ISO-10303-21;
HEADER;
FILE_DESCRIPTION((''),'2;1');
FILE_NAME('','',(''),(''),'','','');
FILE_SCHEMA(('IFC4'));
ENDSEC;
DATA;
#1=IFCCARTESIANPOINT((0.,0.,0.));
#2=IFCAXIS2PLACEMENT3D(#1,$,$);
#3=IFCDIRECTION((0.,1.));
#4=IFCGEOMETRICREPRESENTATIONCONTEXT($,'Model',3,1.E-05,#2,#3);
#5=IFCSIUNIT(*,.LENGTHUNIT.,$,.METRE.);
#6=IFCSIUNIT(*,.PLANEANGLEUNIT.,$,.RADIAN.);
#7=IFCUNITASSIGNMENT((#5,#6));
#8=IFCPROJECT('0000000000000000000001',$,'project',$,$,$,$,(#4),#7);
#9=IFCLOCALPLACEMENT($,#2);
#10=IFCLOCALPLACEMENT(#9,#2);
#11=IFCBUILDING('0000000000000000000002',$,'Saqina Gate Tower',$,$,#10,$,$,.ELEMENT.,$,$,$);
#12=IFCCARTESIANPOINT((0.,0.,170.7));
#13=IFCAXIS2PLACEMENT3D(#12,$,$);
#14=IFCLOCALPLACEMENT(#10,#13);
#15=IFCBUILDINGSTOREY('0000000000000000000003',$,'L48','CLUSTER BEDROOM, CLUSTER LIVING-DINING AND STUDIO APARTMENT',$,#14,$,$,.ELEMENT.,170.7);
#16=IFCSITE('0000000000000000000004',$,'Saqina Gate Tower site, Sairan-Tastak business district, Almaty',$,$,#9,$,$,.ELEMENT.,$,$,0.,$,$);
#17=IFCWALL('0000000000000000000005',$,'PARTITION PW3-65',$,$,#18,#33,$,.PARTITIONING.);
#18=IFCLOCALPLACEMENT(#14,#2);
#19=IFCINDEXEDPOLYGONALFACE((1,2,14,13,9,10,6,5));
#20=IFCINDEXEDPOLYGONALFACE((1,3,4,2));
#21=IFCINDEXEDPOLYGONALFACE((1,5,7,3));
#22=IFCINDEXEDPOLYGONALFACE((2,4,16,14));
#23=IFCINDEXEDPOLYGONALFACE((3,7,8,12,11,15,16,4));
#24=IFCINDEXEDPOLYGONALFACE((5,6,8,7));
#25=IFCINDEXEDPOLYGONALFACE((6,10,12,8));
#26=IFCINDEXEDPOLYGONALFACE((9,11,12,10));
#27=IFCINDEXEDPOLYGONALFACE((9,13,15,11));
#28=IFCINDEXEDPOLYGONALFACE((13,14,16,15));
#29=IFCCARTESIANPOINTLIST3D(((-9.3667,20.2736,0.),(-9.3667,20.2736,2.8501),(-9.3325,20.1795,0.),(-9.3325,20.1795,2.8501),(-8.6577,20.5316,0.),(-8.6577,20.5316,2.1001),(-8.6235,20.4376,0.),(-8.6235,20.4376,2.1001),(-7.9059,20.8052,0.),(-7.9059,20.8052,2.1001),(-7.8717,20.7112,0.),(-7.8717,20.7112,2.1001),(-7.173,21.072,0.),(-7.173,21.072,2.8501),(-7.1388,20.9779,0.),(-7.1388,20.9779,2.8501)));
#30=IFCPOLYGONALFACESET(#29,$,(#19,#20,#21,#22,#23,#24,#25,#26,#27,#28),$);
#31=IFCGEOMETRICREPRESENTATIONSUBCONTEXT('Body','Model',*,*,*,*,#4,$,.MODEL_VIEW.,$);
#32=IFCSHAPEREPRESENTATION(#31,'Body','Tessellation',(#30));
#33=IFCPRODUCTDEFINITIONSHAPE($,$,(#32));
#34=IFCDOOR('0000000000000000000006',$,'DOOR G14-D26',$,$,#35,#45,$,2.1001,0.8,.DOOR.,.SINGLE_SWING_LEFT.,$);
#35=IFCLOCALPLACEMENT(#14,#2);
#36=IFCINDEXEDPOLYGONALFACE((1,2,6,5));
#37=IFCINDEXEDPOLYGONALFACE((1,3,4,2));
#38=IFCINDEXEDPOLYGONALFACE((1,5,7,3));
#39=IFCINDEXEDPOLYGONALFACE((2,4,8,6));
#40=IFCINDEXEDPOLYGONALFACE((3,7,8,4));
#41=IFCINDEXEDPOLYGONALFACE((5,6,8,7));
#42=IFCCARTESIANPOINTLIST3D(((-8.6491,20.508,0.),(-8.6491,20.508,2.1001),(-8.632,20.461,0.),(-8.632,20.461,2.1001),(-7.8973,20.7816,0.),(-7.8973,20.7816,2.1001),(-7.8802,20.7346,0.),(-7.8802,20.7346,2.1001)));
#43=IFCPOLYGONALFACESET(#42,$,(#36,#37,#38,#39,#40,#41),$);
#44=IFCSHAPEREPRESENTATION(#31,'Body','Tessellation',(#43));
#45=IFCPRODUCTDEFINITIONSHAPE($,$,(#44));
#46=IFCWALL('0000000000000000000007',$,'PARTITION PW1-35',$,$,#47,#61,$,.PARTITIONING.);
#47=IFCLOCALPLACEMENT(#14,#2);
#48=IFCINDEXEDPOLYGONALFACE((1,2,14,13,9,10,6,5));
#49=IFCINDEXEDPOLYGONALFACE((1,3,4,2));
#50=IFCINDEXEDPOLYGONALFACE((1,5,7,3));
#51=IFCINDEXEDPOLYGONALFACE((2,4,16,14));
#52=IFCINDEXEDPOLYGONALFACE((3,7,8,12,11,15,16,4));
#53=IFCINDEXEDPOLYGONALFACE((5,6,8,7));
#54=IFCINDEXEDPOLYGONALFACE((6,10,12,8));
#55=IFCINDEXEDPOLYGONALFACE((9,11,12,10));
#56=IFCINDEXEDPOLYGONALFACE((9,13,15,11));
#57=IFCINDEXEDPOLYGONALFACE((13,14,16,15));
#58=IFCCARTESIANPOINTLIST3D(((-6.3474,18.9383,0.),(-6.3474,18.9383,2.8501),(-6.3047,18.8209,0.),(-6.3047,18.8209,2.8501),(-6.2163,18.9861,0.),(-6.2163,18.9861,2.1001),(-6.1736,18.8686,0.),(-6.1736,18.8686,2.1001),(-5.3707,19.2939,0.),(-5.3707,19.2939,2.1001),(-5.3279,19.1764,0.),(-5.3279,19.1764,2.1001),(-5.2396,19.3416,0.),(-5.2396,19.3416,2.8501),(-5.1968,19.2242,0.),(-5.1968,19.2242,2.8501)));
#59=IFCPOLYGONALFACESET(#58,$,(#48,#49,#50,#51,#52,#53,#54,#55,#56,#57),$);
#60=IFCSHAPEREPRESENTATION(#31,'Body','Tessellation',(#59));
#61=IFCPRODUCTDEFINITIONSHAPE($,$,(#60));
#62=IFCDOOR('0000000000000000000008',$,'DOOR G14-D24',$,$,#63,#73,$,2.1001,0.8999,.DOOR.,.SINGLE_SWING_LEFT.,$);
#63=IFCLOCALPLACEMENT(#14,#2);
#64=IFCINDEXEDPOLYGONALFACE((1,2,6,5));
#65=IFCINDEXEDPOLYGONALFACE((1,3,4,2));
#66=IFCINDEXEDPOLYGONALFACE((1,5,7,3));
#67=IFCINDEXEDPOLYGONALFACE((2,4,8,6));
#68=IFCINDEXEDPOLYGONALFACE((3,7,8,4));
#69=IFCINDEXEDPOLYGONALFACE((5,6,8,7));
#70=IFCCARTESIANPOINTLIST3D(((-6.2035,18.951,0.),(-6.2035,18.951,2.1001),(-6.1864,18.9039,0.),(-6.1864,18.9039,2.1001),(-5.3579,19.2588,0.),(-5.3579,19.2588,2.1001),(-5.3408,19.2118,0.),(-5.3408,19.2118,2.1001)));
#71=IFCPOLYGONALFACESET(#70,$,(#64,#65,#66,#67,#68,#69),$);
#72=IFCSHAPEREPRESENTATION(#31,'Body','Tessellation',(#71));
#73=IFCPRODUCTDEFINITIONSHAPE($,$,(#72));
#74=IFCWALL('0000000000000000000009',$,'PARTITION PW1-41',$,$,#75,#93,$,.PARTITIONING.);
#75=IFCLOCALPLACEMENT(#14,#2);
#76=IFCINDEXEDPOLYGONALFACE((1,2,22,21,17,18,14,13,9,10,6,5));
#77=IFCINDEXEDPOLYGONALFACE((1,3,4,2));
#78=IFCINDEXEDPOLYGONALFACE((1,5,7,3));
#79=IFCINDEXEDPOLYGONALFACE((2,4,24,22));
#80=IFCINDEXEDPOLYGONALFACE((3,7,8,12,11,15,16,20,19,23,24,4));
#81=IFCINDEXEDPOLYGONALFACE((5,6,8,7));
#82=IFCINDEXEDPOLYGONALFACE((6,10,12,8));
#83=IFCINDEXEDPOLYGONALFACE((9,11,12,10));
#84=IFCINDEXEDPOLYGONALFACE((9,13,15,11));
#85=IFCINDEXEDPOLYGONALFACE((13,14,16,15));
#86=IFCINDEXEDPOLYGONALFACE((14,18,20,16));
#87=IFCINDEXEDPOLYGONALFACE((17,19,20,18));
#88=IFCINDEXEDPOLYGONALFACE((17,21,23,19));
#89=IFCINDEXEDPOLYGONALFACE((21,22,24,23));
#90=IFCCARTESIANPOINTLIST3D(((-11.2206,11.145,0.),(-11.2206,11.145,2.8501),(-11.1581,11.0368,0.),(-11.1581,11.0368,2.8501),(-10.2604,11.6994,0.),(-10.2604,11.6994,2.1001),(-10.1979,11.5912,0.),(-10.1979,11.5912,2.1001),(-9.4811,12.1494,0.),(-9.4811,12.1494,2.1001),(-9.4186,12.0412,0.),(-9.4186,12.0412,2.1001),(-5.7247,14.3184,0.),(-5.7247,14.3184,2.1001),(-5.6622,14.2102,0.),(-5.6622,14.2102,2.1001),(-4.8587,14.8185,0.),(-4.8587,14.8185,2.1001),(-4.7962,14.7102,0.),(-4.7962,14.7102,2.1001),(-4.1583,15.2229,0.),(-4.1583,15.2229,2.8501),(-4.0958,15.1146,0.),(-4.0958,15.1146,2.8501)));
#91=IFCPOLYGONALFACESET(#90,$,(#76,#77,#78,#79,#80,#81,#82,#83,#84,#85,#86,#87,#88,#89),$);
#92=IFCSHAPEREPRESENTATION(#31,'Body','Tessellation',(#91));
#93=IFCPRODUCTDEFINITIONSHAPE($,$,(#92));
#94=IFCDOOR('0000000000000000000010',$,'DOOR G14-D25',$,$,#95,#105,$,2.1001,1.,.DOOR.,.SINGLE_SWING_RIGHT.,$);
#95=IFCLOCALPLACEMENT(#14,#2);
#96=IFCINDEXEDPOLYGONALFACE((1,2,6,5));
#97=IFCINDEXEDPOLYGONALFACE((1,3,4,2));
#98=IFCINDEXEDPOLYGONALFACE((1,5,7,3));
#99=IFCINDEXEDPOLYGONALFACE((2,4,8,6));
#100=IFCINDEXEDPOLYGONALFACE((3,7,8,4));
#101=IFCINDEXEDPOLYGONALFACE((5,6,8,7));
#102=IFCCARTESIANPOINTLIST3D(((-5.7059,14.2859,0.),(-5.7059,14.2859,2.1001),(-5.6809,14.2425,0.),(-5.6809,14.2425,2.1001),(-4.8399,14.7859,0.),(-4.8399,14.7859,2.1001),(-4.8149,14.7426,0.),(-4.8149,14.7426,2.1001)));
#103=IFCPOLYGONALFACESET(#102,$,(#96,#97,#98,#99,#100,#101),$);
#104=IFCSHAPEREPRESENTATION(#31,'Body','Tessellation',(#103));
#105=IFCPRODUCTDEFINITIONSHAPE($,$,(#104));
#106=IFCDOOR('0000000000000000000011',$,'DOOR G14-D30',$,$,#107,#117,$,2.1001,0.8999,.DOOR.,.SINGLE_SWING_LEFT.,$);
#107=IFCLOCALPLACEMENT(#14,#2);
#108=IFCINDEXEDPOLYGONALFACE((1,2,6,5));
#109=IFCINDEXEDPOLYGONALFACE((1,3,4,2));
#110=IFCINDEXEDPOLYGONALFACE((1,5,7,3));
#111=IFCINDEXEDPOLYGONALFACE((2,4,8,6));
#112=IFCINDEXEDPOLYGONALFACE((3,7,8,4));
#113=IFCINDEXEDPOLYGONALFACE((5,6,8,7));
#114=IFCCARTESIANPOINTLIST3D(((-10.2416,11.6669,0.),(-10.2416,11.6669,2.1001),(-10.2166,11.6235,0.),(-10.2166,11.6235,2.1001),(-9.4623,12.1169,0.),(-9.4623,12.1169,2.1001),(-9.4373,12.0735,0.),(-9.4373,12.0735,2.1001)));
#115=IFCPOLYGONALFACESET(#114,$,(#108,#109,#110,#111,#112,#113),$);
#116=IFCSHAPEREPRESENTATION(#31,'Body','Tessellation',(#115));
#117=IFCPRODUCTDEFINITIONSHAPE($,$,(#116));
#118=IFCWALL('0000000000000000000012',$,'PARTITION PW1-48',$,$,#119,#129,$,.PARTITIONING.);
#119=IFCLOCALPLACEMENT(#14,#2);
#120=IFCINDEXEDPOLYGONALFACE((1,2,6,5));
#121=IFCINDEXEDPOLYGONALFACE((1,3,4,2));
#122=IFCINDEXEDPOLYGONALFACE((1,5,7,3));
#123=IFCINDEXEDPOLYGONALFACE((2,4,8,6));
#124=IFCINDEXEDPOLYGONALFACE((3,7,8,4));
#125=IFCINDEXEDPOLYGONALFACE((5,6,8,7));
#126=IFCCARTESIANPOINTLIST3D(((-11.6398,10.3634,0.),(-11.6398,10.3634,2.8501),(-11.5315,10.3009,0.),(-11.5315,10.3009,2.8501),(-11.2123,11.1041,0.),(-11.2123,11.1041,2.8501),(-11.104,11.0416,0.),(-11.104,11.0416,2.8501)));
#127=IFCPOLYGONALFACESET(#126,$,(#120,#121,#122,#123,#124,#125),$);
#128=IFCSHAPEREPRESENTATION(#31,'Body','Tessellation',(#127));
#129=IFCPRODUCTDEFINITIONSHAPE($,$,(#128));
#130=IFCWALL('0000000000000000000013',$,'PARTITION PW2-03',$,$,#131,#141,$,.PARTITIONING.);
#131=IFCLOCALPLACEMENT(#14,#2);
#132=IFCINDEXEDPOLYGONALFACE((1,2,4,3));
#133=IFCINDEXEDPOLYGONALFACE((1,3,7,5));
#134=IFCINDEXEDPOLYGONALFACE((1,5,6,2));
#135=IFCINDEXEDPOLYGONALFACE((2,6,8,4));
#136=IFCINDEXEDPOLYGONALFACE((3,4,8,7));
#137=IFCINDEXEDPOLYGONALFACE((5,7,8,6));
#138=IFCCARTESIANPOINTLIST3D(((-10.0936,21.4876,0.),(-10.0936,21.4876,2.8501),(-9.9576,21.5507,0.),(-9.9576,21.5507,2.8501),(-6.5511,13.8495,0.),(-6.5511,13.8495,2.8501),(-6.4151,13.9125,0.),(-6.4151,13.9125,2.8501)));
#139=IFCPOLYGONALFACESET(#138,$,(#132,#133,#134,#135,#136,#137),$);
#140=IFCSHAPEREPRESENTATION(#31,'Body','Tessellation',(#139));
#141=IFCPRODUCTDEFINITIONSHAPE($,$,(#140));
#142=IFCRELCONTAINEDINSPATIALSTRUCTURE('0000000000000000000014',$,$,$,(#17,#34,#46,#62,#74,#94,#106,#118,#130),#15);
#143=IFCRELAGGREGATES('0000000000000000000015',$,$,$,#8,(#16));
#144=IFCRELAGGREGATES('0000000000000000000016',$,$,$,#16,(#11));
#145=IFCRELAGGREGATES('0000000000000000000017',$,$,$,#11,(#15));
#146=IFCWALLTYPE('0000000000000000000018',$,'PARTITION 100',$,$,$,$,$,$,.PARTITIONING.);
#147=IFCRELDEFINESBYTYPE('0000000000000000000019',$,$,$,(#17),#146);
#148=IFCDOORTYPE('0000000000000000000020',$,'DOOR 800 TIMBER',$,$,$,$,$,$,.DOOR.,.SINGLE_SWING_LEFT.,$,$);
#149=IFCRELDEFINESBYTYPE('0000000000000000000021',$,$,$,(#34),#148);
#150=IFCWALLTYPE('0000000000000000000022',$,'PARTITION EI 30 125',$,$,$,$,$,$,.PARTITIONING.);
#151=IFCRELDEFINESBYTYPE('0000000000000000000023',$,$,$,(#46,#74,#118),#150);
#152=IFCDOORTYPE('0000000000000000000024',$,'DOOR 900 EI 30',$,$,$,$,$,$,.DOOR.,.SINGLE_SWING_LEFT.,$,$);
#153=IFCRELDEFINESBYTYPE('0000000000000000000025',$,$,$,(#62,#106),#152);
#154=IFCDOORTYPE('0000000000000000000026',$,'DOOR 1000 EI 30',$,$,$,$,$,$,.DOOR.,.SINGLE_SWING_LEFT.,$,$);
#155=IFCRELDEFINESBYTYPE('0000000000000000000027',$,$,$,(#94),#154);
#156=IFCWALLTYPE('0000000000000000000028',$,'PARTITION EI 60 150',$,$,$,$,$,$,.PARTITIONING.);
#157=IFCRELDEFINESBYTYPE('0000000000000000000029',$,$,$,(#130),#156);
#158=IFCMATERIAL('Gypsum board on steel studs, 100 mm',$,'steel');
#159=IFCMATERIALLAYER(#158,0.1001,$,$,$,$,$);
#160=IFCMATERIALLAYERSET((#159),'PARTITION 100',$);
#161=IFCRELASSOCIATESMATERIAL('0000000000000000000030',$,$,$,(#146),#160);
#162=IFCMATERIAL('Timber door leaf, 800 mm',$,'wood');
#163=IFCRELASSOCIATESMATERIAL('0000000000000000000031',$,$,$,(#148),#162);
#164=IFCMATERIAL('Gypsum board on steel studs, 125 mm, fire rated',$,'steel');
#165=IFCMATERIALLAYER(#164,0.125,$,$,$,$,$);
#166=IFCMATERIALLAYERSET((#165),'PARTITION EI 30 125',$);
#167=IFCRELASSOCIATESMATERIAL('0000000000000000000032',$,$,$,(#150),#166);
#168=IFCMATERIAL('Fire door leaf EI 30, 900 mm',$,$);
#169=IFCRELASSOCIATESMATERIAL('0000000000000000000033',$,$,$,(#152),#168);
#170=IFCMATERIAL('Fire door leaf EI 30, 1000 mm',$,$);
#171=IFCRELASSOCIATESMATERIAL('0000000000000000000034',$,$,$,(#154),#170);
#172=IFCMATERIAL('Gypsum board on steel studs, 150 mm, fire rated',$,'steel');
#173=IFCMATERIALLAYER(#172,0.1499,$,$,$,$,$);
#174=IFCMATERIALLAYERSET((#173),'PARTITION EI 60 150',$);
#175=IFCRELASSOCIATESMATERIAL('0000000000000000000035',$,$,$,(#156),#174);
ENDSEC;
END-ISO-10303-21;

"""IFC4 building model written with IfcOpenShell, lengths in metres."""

from ifc_helpers import new_model, si_unit, direction, frame, frame_2d, origin, place, context, subcontext, project, spatial, rectangle, extrude, material, layer, layer_set, type_object, element, fill, save


model = new_model("IFC4")

# Units and contexts
model_context = context("Model", 3, precision=1e-05, world=origin(), true_north=direction((0.0, 1.0)))
body_context = subcontext(model_context, "Body", "Model", "MODEL_VIEW")
ifc_project = project(units=[si_unit("LENGTHUNIT", "METRE"), si_unit("PLANEANGLEUNIT", "RADIAN")], contexts=[model_context])

# Site, building, storey
site_placement = place(None, origin())
site = spatial("IfcSite", under=ifc_project, at=site_placement, Name="Saqina Gate Tower site, Sairan-Tastak business district, Almaty", CompositionType="ELEMENT", RefElevation=0.0)
building_placement = place(site_placement, origin())
building = spatial("IfcBuilding", under=site, at=building_placement, Name="Saqina Gate Tower", CompositionType="ELEMENT")
storey_placement = place(building_placement, frame((0.0, 0.0, 170.7)))
storey = spatial("IfcBuildingStorey", under=building, at=storey_placement, Name="L48", Description="CLUSTER BEDROOM, CLUSTER LIVING-DINING AND STUDIO APARTMENT", CompositionType="ELEMENT", Elevation=170.7)

# Shared definitions
ifc_material_1 = material(Name="Gypsum board on steel studs, 100 mm", Category="steel")
ifc_layer_1 = layer(ifc_material_1, 0.1001)
ifc_layer_set_1 = layer_set([ifc_layer_1], Name="PARTITION 100")
wall_type_1 = type_object("IfcWallType", Name="PARTITION 100", PredefinedType="PARTITIONING", material=ifc_layer_set_1)

# Walls, openings, doors
wall_1_placement = place(storey_placement, frame((-9.3496, 20.2266, 0.0), z_axis=(0.0, 0.0, 1.0), x_axis=(0.939702, 0.341995, 0.0)))
wall_1 = element("IfcWall", 1, at=wall_1_placement, inside=storey, type_object=wall_type_1, Name="PARTITION PW3-65", PredefinedType="PARTITIONING", context=body_context, shape_type="SweptSolid", body=[
    extrude(rectangle(XDim=2.3345, YDim=0.1001, at=frame_2d((1.1672, 0.0))), origin(), (0.0, 0.0, 1.0), 2.8501),
])
opening_1_placement = place(wall_1_placement, frame((0.7546, 0.0, 0.0)))
opening_1 = element("IfcOpeningElement", 2, at=opening_1_placement, cuts=wall_1, PredefinedType="OPENING", context=body_context, shape_type="SweptSolid", body=[
    extrude(rectangle(XDim=0.8, YDim=2.1001, at=frame_2d((0.3999, 1.05))), frame((0.0, 0.062, 0.0), z_axis=(0.0, -1.0, 0.0), x_axis=(1.0, 0.0, 0.0)), (0.0, 0.0, 1.0), 0.124),
])
ifc_material_2 = material(Name="Timber door leaf, 800 mm", Category="wood")
door_type_1 = type_object("IfcDoorType", Name="DOOR 800 TIMBER", OperationType="SINGLE_SWING_LEFT", PredefinedType="DOOR", material=ifc_material_2)
door_1_placement = place(opening_1_placement, origin())
door_1 = element("IfcDoor", 3, at=door_1_placement, inside=storey, type_object=door_type_1, Name="DOOR G14-D26", OperationType="SINGLE_SWING_LEFT", OverallHeight=2.1001, OverallWidth=0.8, PredefinedType="DOOR", context=body_context, shape_type="SweptSolid", body=[
    extrude(rectangle(XDim=0.8, YDim=2.1001, at=frame_2d((0.3999, 1.05))), frame((0.0, 0.0249, 0.0), z_axis=(0.0, -1.0, 0.0), x_axis=(1.0, 0.0, 0.0)), (0.0, 0.0, 1.0), 0.05),
])
fill(opening_1, door_1)
ifc_material_3 = material(Name="Gypsum board on steel studs, 125 mm, fire rated", Category="steel")
ifc_layer_2 = layer(ifc_material_3, 0.125)
ifc_layer_set_2 = layer_set([ifc_layer_2], Name="PARTITION EI 30 125")
wall_type_2 = type_object("IfcWallType", Name="PARTITION EI 30 125", PredefinedType="PARTITIONING", material=ifc_layer_set_2)
wall_2_placement = place(storey_placement, frame((-6.3259, 18.8796, 0.0), z_axis=(0.0, 0.0, 1.0), x_axis=(0.939672, 0.342076, 0.0)))
wall_2 = element("IfcWall", 4, at=wall_2_placement, inside=storey, type_object=wall_type_2, Name="PARTITION PW1-35", PredefinedType="PARTITIONING", context=body_context, shape_type="SweptSolid", body=[
    extrude(rectangle(XDim=1.179, YDim=0.125, at=frame_2d((0.5894, 0.0))), origin(), (0.0, 0.0, 1.0), 2.8501),
])
opening_2_placement = place(wall_2_placement, frame((0.1394, 0.0, 0.0)))
opening_2 = element("IfcOpeningElement", 5, at=opening_2_placement, cuts=wall_2, PredefinedType="OPENING", context=body_context, shape_type="SweptSolid", body=[
    extrude(rectangle(XDim=0.8999, YDim=2.1001, at=frame_2d((0.45, 1.05))), frame((0.0, 0.0745, 0.0), z_axis=(0.0, -1.0, 0.0), x_axis=(1.0, 0.0, 0.0)), (0.0, 0.0, 1.0), 0.1489),
])
ifc_material_4 = material(Name="Fire door leaf EI 30, 900 mm")
door_type_2 = type_object("IfcDoorType", Name="DOOR 900 EI 30", OperationType="SINGLE_SWING_LEFT", PredefinedType="DOOR", material=ifc_material_4)
door_2_placement = place(opening_2_placement, frame((0.8999, 0.0, 0.0), z_axis=(0.0, 0.0, 1.0), x_axis=(-1.0, 0.0, 0.0)))
door_2 = element("IfcDoor", 6, at=door_2_placement, inside=storey, type_object=door_type_2, Name="DOOR G14-D24", OperationType="SINGLE_SWING_LEFT", OverallHeight=2.1001, OverallWidth=0.8999, PredefinedType="DOOR", context=body_context, shape_type="SweptSolid", body=[
    extrude(rectangle(XDim=0.8999, YDim=2.1001, at=frame_2d((0.45, 1.05))), frame((0.0, 0.0249, 0.0), z_axis=(0.0, -1.0, 0.0), x_axis=(1.0, 0.0, 0.0)), (0.0, 0.0, 1.0), 0.05),
])
fill(opening_2, door_2)

# Wall, openings, doors
wall_3_placement = place(storey_placement, frame((-11.1895, 11.0908, 0.0), z_axis=(0.0, 0.0, 1.0), x_axis=(0.866, 0.500045, 0.0)))
wall_3 = element("IfcWall", 7, at=wall_3_placement, inside=storey, type_object=wall_type_2, Name="PARTITION PW1-41", PredefinedType="PARTITIONING", context=body_context, shape_type="SweptSolid", body=[
    extrude(rectangle(XDim=8.155, YDim=0.125, at=frame_2d((4.0776, 0.0))), origin(), (0.0, 0.0, 1.0), 2.8501),
])
opening_3_placement = place(wall_3_placement, frame((6.3464, 0.0, 0.0)))
opening_3 = element("IfcOpeningElement", 8, at=opening_3_placement, cuts=wall_3, PredefinedType="OPENING", context=body_context, shape_type="SweptSolid", body=[
    extrude(rectangle(XDim=1.0, YDim=2.1001, at=frame_2d((0.5, 1.05))), frame((0.0, 0.0745, 0.0), z_axis=(0.0, -1.0, 0.0), x_axis=(1.0, 0.0, 0.0)), (0.0, 0.0, 1.0), 0.1489),
])
opening_4_placement = place(wall_3_placement, frame((1.1089, 0.0, 0.0)))
opening_4 = element("IfcOpeningElement", 9, at=opening_4_placement, cuts=wall_3, PredefinedType="OPENING", context=body_context, shape_type="SweptSolid", body=[
    extrude(rectangle(XDim=0.8999, YDim=2.1001, at=frame_2d((0.45, 1.05))), frame((0.0, 0.0745, 0.0), z_axis=(0.0, -1.0, 0.0), x_axis=(1.0, 0.0, 0.0)), (0.0, 0.0, 1.0), 0.1489),
])
ifc_material_5 = material(Name="Fire door leaf EI 30, 1000 mm")
door_type_3 = type_object("IfcDoorType", Name="DOOR 1000 EI 30", OperationType="SINGLE_SWING_LEFT", PredefinedType="DOOR", material=ifc_material_5)
door_3_placement = place(opening_3_placement, origin())
door_3 = element("IfcDoor", 10, at=door_3_placement, inside=storey, type_object=door_type_3, Name="DOOR G14-D25", OperationType="SINGLE_SWING_RIGHT", OverallHeight=2.1001, OverallWidth=1.0, PredefinedType="DOOR", context=body_context, shape_type="SweptSolid", body=[
    extrude(rectangle(XDim=1.0, YDim=2.1001, at=frame_2d((0.5, 1.05))), frame((0.0, 0.0249, 0.0), z_axis=(0.0, -1.0, 0.0), x_axis=(1.0, 0.0, 0.0)), (0.0, 0.0, 1.0), 0.05),
])
fill(opening_3, door_3)
door_4_placement = place(opening_4_placement, origin())
door_4 = element("IfcDoor", 11, at=door_4_placement, inside=storey, type_object=door_type_2, Name="DOOR G14-D30", OperationType="SINGLE_SWING_LEFT", OverallHeight=2.1001, OverallWidth=0.8999, PredefinedType="DOOR", context=body_context, shape_type="SweptSolid", body=[
    extrude(rectangle(XDim=0.8999, YDim=2.1001, at=frame_2d((0.45, 1.05))), frame((0.0, 0.0249, 0.0), z_axis=(0.0, -1.0, 0.0), x_axis=(1.0, 0.0, 0.0)), (0.0, 0.0, 1.0), 0.05),
])
fill(opening_4, door_4)

# Walls
wall_4_placement = place(storey_placement, frame((-11.5857, 10.332, 0.0), z_axis=(0.0, 0.0, 1.0), x_axis=(0.499854, 0.86611, 0.0)))
element("IfcWall", 12, at=wall_4_placement, inside=storey, type_object=wall_type_2, Name="PARTITION PW1-48", PredefinedType="PARTITIONING", context=body_context, shape_type="SweptSolid", body=[
    extrude(rectangle(XDim=0.8552, YDim=0.125, at=frame_2d((0.4277, 0.0))), origin(), (0.0, 0.0, 1.0), 2.8501),
])
ifc_material_6 = material(Name="Gypsum board on steel studs, 150 mm, fire rated", Category="steel")
ifc_layer_3 = layer(ifc_material_6, 0.1499)
ifc_layer_set_3 = layer_set([ifc_layer_3], Name="PARTITION EI 60 150")
wall_type_3 = type_object("IfcWallType", Name="PARTITION EI 60 150", PredefinedType="PARTITIONING", material=ifc_layer_set_3)
wall_5_placement = place(storey_placement, frame((-10.0256, 21.5193, 0.0), z_axis=(0.0, 0.0, 1.0), x_axis=(0.420738, -0.907182, 0.0)))
element("IfcWall", 13, at=wall_5_placement, inside=storey, type_object=wall_type_3, Name="PARTITION PW2-03", PredefinedType="PARTITIONING", context=body_context, shape_type="SweptSolid", body=[
    extrude(rectangle(XDim=8.4197, YDim=0.1499, at=frame_2d((4.21, 0.0))), origin(), (0.0, 0.0, 1.0), 2.8501),
])

save(model, "model.ifc")
